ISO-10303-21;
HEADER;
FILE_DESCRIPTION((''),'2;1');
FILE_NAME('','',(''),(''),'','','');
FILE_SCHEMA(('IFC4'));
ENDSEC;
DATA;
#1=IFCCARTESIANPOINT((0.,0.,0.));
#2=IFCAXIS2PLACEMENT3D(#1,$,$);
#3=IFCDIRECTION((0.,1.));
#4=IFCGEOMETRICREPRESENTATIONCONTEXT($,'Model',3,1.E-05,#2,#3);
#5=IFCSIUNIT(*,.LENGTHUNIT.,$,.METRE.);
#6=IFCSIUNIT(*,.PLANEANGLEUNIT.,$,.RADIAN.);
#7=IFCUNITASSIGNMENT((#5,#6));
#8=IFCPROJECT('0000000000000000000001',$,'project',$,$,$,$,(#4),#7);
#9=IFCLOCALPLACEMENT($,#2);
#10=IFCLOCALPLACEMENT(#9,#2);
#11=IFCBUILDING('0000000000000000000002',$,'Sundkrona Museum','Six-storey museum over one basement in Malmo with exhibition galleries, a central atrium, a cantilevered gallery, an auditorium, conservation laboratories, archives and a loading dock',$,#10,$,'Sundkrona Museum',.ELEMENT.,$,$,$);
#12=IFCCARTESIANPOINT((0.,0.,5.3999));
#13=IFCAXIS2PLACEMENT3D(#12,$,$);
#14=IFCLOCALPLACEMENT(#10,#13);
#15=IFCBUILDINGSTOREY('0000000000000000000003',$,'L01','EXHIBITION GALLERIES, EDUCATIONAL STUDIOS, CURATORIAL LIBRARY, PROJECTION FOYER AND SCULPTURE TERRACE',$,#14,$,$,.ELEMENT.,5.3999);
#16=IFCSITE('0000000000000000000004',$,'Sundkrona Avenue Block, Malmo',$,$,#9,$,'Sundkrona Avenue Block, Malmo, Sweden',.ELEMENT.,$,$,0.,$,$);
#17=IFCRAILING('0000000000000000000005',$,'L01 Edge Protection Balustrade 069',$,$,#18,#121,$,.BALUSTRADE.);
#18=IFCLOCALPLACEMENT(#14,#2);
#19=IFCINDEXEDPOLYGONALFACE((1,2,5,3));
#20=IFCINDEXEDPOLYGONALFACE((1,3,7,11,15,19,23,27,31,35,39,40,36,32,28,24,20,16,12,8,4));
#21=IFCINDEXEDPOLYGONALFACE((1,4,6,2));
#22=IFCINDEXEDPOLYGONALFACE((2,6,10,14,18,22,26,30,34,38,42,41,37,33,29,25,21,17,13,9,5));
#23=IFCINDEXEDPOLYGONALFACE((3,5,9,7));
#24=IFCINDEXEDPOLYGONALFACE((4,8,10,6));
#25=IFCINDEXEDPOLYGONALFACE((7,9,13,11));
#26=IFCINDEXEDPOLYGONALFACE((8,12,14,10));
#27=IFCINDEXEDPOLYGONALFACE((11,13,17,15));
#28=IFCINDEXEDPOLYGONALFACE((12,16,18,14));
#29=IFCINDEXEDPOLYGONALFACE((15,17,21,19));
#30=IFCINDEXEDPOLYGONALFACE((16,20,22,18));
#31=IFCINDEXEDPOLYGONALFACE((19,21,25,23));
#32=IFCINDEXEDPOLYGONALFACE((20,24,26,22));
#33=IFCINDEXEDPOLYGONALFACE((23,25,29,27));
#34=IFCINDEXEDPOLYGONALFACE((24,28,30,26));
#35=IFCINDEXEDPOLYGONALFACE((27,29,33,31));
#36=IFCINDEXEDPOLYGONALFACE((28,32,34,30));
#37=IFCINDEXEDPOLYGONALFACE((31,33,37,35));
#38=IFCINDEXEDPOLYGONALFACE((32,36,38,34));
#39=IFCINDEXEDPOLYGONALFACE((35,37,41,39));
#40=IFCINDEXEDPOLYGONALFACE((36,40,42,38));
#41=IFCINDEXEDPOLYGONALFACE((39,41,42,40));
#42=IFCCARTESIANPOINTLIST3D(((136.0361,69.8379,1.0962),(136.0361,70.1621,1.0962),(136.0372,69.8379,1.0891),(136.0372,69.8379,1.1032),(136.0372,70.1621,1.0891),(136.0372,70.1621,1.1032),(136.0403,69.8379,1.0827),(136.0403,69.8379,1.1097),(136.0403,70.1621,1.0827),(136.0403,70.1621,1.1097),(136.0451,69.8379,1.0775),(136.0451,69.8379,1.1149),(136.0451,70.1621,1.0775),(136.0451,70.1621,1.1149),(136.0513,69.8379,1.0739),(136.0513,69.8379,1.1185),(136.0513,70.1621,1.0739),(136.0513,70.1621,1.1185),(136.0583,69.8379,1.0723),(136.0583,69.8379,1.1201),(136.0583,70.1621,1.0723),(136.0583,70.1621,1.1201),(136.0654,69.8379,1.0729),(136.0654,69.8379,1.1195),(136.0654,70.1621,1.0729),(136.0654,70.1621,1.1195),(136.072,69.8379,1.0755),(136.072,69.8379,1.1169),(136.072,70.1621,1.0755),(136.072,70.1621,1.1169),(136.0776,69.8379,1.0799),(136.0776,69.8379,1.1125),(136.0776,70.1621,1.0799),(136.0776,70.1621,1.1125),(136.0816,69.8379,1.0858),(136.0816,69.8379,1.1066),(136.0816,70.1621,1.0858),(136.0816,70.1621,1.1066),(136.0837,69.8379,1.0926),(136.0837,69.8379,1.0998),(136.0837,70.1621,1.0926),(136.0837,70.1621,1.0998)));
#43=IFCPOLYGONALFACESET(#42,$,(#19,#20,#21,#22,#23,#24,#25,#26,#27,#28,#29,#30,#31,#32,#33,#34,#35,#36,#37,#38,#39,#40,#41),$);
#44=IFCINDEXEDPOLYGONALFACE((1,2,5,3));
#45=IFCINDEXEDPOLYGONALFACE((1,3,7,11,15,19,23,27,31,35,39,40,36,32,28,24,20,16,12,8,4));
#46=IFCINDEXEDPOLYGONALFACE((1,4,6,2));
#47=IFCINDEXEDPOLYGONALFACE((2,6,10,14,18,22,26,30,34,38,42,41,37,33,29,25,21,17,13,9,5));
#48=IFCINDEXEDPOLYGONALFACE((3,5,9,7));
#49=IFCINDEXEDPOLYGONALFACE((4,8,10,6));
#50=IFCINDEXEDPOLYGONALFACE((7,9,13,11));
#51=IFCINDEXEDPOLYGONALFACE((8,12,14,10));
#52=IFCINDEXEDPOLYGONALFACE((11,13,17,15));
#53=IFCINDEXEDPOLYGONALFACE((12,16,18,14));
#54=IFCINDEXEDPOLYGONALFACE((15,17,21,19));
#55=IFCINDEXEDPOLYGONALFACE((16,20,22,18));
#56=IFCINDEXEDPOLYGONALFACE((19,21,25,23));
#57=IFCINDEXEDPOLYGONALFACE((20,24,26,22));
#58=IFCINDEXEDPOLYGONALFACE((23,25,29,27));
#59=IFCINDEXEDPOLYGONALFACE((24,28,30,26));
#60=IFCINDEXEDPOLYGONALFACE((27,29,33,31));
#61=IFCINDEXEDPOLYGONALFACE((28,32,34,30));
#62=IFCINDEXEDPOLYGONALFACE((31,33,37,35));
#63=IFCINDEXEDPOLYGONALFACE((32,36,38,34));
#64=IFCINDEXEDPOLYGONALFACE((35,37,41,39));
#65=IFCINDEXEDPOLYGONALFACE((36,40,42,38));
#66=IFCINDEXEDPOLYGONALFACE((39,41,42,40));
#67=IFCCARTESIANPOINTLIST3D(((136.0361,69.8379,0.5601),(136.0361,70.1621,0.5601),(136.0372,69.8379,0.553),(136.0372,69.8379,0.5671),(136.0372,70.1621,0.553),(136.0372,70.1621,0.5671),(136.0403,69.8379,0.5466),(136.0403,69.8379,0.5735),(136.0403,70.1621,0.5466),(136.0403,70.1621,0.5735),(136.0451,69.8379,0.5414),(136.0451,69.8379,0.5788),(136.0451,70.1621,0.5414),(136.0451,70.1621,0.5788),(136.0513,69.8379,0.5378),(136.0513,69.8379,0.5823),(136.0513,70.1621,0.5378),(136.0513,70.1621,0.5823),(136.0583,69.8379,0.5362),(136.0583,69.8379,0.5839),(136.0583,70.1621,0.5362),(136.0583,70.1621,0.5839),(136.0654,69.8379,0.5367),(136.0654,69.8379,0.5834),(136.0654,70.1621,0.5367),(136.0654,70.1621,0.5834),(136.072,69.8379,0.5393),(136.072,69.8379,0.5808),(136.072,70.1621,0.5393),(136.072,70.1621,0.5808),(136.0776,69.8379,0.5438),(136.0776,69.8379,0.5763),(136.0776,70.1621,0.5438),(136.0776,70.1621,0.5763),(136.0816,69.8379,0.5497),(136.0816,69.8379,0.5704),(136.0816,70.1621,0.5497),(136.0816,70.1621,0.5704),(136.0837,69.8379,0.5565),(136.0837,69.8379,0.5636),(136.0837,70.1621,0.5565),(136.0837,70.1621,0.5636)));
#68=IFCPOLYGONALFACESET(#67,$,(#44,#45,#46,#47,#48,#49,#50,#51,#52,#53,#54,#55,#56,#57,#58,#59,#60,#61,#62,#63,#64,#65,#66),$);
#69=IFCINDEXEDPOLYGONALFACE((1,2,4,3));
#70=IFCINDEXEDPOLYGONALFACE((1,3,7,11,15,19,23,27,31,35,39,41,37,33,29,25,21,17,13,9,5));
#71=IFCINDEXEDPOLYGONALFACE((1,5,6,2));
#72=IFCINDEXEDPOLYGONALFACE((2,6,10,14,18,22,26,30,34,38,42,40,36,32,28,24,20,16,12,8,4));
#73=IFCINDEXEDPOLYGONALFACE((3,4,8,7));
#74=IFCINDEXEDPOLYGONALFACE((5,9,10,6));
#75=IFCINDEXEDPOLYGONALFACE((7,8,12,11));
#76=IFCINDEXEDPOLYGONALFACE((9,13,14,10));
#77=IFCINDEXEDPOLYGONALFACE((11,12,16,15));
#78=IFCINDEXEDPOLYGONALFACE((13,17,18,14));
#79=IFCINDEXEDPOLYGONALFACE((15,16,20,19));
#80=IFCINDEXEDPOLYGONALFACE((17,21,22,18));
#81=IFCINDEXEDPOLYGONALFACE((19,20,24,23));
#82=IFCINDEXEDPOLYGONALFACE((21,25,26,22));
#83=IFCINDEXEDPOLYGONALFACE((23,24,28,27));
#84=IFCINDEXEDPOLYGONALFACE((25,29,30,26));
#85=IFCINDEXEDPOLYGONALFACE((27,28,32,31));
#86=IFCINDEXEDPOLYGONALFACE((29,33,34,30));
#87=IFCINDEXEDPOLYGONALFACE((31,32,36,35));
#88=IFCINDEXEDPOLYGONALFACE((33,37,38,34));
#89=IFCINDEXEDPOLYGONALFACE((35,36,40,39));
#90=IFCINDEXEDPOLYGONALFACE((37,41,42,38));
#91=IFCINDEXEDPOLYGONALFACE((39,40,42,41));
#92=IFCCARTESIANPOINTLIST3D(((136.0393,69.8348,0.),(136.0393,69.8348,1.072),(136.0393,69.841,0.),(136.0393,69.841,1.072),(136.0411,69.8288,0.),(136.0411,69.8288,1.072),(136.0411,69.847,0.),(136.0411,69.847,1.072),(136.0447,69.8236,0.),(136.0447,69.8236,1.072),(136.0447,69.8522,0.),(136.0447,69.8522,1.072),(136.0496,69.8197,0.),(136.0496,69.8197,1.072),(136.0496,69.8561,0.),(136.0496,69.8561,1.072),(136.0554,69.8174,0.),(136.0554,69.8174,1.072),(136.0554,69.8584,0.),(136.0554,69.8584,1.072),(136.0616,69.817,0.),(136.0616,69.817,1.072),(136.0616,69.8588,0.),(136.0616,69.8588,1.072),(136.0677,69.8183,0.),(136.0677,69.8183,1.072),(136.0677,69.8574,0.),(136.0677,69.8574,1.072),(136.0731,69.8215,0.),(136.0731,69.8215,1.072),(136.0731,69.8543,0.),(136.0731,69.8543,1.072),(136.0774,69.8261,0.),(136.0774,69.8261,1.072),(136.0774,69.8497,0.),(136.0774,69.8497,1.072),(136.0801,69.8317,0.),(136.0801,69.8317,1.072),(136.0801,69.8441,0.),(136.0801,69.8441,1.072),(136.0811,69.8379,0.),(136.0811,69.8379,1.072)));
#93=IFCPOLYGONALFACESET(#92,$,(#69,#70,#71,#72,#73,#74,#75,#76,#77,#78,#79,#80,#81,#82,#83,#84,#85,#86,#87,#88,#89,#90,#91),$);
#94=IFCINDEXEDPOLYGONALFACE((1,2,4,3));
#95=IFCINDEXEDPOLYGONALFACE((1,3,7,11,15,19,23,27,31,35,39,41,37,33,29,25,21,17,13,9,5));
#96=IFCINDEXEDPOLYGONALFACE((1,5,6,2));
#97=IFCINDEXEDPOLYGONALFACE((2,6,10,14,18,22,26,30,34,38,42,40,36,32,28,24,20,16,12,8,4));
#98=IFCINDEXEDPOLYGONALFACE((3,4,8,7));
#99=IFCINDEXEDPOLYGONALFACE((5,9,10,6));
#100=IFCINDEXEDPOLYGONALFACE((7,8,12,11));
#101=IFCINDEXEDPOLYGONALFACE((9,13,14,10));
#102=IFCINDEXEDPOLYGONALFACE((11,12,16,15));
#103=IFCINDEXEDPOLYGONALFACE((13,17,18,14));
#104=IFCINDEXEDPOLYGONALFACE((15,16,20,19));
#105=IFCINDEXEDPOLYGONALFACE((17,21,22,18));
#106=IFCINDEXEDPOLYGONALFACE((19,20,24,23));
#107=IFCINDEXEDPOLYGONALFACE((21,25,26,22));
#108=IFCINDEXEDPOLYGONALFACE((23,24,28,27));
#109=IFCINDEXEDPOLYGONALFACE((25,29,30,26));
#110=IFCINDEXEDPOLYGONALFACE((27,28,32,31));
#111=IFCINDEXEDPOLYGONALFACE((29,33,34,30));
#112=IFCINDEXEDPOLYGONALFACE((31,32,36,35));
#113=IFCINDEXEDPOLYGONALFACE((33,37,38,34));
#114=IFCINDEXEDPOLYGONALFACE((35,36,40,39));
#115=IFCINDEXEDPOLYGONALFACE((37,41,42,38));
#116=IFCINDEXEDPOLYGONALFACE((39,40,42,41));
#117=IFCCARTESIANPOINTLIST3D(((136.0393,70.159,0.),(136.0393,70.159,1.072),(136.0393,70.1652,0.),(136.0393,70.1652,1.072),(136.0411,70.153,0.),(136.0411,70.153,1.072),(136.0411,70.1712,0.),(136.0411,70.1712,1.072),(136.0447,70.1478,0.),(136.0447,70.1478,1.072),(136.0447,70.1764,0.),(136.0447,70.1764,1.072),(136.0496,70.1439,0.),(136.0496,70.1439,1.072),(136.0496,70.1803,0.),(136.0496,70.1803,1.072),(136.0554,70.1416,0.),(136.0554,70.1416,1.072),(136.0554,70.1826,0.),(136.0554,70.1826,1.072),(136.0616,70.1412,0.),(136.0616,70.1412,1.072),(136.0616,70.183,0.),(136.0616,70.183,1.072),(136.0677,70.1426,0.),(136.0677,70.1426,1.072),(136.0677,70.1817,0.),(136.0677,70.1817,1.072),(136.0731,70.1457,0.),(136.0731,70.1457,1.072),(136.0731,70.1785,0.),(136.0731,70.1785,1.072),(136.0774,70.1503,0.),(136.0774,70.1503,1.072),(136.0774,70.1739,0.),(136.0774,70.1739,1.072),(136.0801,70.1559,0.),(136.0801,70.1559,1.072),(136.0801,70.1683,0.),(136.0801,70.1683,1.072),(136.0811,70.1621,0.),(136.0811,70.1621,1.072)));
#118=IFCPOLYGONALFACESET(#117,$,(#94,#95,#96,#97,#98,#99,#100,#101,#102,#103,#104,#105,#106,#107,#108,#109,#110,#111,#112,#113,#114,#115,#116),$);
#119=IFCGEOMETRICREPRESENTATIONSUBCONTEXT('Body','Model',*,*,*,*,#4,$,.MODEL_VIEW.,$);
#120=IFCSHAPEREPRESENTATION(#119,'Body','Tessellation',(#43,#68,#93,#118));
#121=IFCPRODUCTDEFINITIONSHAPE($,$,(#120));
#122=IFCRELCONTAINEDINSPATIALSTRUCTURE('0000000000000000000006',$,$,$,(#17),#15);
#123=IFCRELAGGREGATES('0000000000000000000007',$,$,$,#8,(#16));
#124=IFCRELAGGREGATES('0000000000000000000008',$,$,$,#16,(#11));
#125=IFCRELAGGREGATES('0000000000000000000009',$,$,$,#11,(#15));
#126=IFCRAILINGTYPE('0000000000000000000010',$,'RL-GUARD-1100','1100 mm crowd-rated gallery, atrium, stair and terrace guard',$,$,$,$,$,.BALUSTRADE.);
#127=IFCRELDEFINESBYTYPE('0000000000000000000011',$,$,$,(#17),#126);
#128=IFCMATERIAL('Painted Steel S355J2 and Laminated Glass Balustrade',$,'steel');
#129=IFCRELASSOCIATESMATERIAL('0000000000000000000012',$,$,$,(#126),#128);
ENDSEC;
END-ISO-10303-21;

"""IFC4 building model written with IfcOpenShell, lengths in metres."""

from ifc_helpers import new_model, si_unit, direction, frame, origin, origin_2d, place, context, subcontext, project, spatial, circle, extrude, material, type_object, element, save


model = new_model("IFC4")

# Units and contexts
model_context = context("Model", 3, precision=1e-05, world=origin(), true_north=direction((0.0, 1.0)))
body_context = subcontext(model_context, "Body", "Model", "MODEL_VIEW")
ifc_project = project(units=[si_unit("LENGTHUNIT", "METRE"), si_unit("PLANEANGLEUNIT", "RADIAN")], contexts=[model_context])

# Site, building, storey
site_placement = place(None, origin())
site = spatial("IfcSite", under=ifc_project, at=site_placement, Name="Sundkrona Avenue Block, Malmo", LongName="Sundkrona Avenue Block, Malmo, Sweden", CompositionType="ELEMENT", RefElevation=0.0)
building_placement = place(site_placement, origin())
building = spatial("IfcBuilding", under=site, at=building_placement, Name="Sundkrona Museum", Description="Six-storey museum over one basement in Malmo with exhibition galleries, a central atrium, a cantilevered gallery, an auditorium, conservation laboratories, archives and a loading dock", LongName="Sundkrona Museum", CompositionType="ELEMENT")
storey_placement = place(building_placement, frame((0.0, 0.0, 5.3999)))
storey = spatial("IfcBuildingStorey", under=building, at=storey_placement, Name="L01", Description="EXHIBITION GALLERIES, EDUCATIONAL STUDIOS, CURATORIAL LIBRARY, PROJECTION FOYER AND SCULPTURE TERRACE", CompositionType="ELEMENT", Elevation=5.3999)

# Railing
ifc_material_1 = material(Name="Painted Steel S355J2 and Laminated Glass Balustrade", Category="steel")
railing_type = type_object("IfcRailingType", Name="RL-GUARD-1100", Description="1100 mm crowd-rated gallery, atrium, stair and terrace guard", PredefinedType="BALUSTRADE", material=ifc_material_1)
for number, where, name in (
    (1, (136.0601, 69.8379, 0.0), "L01 Edge Protection Balustrade 069"),
):
    element("IfcRailing", number, at=place(storey_placement, frame(where)), inside=storey, type_object=railing_type, Name=name, PredefinedType="BALUSTRADE", context=body_context, shape_type="SweptSolid", body=[
        extrude(circle(Radius=0.0239, at=origin_2d()), frame((0.0, 0.0, 1.0962), z_axis=(0.0, 1.0, 0.0), x_axis=(-1.0, 0.0, 0.0)), (0.0, 0.0, 1.0), 0.3242),
        extrude(circle(Radius=0.0239, at=origin_2d()), frame((0.0, 0.0, 0.5601), z_axis=(0.0, 1.0, 0.0), x_axis=(-1.0, 0.0, 0.0)), (0.0, 0.0, 1.0), 0.3242),
        extrude(circle(Radius=0.021, at=origin_2d()), origin(), (0.0, 0.0, 1.0), 1.072),
        extrude(circle(Radius=0.021, at=origin_2d()), frame((0.0, 0.3242, 0.0)), (0.0, 0.0, 1.0), 1.072),
    ])

save(model, "model.ifc")
